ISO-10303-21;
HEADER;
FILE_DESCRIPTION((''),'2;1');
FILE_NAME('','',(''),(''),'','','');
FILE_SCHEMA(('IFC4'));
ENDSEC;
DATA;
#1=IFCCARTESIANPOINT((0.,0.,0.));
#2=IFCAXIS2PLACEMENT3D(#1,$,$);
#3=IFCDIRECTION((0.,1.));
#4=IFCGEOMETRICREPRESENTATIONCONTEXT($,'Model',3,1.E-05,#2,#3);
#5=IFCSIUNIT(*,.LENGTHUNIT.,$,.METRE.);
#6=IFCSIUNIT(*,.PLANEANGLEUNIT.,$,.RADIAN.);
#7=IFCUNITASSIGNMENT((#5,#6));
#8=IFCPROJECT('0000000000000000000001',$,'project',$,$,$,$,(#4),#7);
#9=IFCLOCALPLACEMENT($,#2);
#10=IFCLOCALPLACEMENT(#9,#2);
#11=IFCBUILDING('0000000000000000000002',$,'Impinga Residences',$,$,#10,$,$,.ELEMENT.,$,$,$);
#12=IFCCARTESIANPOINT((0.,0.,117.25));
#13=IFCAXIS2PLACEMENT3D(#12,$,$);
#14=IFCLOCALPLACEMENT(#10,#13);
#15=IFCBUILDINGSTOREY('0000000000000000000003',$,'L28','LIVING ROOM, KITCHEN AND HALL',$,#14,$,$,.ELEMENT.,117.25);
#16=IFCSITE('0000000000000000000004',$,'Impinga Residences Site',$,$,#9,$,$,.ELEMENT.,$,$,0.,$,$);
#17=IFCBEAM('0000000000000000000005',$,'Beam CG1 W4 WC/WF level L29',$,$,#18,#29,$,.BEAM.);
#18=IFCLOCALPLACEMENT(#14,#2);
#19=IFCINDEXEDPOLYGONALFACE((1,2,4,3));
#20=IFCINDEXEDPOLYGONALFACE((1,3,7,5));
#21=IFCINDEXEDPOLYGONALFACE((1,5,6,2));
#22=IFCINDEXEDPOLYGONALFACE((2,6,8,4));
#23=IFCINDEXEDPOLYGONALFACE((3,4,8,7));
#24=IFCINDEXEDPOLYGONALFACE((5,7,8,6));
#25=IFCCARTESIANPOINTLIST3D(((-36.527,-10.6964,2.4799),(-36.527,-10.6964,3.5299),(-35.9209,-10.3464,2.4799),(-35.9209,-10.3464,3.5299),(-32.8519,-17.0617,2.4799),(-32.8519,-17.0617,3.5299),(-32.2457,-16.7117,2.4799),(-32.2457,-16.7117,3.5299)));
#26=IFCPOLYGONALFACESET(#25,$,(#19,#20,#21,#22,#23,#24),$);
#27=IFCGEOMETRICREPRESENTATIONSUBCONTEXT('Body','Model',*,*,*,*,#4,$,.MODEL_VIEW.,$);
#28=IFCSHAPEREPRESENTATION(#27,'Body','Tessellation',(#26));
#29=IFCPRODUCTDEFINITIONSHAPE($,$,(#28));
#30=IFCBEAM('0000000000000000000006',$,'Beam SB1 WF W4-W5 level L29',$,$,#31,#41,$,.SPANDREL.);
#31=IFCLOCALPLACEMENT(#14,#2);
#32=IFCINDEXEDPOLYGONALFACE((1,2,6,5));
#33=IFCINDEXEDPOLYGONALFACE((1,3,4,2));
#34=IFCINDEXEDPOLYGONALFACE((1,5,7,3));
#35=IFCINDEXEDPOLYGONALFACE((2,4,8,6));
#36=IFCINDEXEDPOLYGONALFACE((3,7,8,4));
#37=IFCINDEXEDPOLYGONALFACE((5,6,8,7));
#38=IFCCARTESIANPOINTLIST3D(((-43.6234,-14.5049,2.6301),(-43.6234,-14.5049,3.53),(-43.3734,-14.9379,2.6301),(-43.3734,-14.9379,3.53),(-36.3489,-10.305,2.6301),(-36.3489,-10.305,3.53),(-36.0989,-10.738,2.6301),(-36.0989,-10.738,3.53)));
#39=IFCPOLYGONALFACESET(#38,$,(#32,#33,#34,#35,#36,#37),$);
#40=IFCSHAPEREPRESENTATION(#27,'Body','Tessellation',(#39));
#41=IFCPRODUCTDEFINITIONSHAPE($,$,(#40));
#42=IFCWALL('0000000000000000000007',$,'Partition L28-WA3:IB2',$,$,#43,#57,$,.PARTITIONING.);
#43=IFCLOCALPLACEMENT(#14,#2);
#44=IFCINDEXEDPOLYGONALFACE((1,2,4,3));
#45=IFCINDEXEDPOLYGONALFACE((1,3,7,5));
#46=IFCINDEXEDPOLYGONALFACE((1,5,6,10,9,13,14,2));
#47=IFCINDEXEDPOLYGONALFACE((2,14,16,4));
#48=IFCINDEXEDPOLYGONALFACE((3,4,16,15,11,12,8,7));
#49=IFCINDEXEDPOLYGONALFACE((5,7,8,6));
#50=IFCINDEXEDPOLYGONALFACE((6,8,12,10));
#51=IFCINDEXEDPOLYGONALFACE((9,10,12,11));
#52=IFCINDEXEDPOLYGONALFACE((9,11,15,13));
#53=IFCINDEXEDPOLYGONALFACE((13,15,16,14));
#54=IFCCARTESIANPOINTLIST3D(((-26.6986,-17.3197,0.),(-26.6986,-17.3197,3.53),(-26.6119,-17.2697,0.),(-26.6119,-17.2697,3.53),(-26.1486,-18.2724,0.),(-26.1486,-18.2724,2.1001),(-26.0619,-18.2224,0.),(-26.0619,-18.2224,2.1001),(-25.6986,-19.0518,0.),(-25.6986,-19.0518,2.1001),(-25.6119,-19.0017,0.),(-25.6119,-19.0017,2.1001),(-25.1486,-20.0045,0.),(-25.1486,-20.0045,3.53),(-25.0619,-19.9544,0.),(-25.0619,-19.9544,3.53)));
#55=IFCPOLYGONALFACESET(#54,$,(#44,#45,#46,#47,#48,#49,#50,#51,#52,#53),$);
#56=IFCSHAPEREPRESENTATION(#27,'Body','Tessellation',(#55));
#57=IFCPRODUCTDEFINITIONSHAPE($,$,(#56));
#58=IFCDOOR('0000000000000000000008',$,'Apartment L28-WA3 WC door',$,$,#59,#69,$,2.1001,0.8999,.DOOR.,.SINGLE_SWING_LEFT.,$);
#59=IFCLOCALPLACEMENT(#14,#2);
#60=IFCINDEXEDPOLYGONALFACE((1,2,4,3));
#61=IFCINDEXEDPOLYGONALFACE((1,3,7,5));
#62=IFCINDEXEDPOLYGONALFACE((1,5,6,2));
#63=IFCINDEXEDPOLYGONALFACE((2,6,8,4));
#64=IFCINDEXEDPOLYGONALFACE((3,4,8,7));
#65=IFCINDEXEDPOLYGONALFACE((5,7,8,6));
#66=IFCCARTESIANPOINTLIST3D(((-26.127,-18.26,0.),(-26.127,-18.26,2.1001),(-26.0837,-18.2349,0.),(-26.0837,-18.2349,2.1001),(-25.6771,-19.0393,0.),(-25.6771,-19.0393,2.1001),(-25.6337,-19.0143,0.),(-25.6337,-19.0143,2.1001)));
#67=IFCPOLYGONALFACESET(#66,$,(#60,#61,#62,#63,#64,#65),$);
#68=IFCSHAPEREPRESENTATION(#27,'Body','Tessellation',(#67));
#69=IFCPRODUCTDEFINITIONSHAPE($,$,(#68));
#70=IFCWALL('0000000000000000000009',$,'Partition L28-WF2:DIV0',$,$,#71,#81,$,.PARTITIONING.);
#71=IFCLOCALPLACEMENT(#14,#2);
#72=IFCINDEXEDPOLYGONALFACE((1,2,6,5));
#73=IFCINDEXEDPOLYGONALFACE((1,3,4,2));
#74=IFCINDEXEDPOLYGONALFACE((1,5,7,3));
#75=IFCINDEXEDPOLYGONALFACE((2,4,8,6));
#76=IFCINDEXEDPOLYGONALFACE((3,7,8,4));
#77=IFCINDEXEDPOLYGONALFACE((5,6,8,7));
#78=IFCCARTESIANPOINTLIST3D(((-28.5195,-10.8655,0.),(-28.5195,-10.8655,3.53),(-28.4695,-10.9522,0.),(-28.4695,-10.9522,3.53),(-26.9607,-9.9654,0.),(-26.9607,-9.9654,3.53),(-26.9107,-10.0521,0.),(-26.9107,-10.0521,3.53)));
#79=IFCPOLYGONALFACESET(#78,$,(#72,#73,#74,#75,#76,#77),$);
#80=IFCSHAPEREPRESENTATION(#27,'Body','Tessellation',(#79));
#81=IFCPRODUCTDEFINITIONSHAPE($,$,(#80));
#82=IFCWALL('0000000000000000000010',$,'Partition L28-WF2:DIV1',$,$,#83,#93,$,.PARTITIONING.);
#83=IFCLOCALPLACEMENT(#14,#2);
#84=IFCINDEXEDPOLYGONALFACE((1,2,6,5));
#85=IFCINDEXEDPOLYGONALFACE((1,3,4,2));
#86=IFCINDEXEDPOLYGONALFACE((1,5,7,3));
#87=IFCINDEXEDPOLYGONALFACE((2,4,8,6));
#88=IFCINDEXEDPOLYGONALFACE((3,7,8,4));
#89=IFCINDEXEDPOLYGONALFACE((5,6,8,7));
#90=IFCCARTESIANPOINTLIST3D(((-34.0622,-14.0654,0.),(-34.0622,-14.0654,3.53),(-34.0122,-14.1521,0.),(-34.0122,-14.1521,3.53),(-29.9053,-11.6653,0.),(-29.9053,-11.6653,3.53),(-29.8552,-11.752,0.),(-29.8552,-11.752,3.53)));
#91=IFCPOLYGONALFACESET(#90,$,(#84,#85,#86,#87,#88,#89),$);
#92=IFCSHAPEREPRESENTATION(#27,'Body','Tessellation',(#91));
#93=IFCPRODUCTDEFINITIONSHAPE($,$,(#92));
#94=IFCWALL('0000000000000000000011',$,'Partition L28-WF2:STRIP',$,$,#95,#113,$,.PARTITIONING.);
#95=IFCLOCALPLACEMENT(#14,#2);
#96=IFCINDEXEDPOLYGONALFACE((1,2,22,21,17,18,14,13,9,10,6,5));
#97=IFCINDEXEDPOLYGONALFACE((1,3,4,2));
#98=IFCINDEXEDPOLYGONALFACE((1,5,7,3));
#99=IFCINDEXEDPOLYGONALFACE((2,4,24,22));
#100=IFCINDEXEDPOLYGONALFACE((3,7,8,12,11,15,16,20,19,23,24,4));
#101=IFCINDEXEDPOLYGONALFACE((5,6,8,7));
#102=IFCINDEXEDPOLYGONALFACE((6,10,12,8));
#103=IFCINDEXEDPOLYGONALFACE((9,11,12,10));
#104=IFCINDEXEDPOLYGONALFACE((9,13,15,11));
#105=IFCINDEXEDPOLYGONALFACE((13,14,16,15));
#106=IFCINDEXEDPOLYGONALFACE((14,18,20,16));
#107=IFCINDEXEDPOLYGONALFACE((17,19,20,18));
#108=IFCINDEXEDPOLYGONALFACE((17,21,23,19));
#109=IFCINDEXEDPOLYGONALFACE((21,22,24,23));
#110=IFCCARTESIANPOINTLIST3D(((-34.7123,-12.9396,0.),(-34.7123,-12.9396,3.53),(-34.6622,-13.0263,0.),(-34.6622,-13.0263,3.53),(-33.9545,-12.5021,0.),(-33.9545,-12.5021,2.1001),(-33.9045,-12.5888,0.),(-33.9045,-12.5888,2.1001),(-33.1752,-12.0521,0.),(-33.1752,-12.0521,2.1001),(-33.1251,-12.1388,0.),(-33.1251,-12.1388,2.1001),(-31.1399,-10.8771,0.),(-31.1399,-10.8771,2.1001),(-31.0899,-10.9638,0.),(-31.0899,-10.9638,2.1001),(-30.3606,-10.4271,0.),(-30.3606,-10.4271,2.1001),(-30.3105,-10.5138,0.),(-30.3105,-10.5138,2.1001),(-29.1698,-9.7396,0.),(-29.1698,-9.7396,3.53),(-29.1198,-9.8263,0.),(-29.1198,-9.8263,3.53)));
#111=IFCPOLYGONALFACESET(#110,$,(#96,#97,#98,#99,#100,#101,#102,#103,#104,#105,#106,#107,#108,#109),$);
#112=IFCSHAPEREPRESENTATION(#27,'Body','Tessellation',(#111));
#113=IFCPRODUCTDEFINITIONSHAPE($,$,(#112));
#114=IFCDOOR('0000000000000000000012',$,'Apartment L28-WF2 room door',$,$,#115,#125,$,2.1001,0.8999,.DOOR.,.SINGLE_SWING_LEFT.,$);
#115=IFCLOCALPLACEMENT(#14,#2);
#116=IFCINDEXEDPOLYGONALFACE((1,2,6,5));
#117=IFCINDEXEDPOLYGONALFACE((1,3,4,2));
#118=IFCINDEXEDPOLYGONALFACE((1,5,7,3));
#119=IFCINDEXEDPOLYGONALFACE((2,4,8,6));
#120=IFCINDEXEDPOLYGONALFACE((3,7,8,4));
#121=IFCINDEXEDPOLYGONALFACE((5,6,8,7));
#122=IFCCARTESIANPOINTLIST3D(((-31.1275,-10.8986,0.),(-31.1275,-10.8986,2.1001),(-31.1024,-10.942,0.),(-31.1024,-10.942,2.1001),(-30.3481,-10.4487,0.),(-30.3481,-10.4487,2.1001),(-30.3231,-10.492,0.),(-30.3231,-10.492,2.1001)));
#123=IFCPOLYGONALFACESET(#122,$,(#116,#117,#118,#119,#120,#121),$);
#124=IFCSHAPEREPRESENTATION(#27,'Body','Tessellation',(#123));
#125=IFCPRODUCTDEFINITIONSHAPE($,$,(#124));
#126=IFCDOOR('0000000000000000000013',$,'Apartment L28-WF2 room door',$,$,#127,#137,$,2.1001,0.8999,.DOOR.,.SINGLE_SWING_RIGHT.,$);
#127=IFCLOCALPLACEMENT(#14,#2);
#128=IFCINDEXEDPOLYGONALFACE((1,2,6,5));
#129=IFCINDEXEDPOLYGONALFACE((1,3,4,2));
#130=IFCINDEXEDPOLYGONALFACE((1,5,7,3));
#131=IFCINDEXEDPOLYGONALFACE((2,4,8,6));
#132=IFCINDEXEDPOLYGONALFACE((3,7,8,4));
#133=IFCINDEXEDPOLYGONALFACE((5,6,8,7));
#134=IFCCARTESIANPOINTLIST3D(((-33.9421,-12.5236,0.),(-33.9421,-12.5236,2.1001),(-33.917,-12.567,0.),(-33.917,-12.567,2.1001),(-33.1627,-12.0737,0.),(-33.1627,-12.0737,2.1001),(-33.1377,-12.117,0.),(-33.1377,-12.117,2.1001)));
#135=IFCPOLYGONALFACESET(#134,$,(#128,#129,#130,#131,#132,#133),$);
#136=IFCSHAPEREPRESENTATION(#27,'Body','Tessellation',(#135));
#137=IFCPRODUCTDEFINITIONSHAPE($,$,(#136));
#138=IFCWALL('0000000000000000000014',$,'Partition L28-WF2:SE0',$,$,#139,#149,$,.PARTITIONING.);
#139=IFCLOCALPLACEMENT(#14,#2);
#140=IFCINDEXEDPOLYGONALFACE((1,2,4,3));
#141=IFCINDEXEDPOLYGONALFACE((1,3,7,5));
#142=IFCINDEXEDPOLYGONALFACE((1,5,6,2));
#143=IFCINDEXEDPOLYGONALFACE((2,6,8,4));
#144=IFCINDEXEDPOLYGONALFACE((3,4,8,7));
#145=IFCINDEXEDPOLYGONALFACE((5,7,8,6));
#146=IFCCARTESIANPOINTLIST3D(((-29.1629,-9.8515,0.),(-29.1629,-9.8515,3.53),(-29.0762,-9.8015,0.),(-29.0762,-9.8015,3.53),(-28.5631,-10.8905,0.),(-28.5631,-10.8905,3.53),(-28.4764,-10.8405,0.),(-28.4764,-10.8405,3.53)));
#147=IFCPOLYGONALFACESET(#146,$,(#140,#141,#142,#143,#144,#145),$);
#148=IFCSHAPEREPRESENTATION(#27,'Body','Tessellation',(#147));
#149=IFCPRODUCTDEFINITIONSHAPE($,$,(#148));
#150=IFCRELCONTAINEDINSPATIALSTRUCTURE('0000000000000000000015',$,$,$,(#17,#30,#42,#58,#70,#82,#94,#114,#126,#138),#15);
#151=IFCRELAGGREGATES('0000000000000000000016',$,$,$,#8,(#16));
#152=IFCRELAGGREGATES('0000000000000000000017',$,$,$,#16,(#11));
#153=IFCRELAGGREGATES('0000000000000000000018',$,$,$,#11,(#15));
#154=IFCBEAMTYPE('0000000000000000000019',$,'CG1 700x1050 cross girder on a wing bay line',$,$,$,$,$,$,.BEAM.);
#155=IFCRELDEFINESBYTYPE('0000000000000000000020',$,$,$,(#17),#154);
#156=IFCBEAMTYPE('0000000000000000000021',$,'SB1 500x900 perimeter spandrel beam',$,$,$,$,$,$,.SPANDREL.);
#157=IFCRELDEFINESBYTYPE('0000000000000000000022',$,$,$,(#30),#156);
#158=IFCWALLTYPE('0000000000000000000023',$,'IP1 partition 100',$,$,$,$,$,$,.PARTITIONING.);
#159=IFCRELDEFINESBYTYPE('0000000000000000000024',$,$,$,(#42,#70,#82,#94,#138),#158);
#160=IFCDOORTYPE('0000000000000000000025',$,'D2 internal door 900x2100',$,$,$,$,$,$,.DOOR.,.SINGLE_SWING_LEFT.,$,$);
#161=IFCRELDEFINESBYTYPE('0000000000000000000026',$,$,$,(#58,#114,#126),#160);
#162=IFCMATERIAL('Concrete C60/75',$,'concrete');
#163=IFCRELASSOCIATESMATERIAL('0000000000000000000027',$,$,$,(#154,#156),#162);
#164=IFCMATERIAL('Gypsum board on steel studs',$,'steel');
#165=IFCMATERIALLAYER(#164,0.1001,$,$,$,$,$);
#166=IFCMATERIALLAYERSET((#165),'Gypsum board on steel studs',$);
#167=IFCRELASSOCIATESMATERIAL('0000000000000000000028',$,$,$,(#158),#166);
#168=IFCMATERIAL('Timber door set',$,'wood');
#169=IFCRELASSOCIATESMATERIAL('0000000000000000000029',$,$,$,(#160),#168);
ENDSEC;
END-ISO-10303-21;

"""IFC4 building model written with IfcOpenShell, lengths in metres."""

from ifc_helpers import new_model, si_unit, direction, frame, frame_2d, origin, origin_2d, place, context, subcontext, project, spatial, rectangle, extrude, material, layer, layer_set, material_profile, profile_set, type_object, element, fill, save


model = new_model("IFC4")

# Units and contexts
model_context = context("Model", 3, precision=1e-05, world=origin(), true_north=direction((0.0, 1.0)))
body_context = subcontext(model_context, "Body", "Model", "MODEL_VIEW")
ifc_project = project(units=[si_unit("LENGTHUNIT", "METRE"), si_unit("PLANEANGLEUNIT", "RADIAN")], contexts=[model_context])

# Site, building, storey
site_placement = place(None, origin())
site = spatial("IfcSite", under=ifc_project, at=site_placement, Name="Impinga Residences Site", CompositionType="ELEMENT", RefElevation=0.0)
building_placement = place(site_placement, origin())
building = spatial("IfcBuilding", under=site, at=building_placement, Name="Impinga Residences", CompositionType="ELEMENT")
storey_placement = place(building_placement, frame((0.0, 0.0, 117.25)))
storey = spatial("IfcBuildingStorey", under=building, at=storey_placement, Name="L28", Description="LIVING ROOM, KITCHEN AND HALL", CompositionType="ELEMENT", Elevation=117.25)

# Beams
ifc_material_1 = material(Name="Concrete C60/75", Category="concrete")
ifc_material_profile_1 = material_profile(ifc_material_1, rectangle(XDim=0.7, YDim=1.05, at=origin_2d()), Name="RC 700x1050")
ifc_profile_set_1 = profile_set([ifc_material_profile_1], Name="Concrete C60/75")
beam_type_1 = type_object("IfcBeamType", Name="CG1 700x1050 cross girder on a wing bay line", PredefinedType="BEAM", material=ifc_profile_set_1)
beam_1_placement = place(storey_placement, frame((-32.5488, -16.8867, 3.0049), z_axis=(-0.500008, 0.866021, 0.0), x_axis=(-0.866021, -0.500008, 0.0)))
element("IfcBeam", 1, at=beam_1_placement, inside=storey, type_object=beam_type_1, Name="Beam CG1 W4 WC/WF level L29", PredefinedType="BEAM", context=body_context, shape_type="SweptSolid", body=[
    extrude(rectangle(XDim=0.7, YDim=1.05, at=origin_2d()), origin(), (0.0, 0.0, 1.0), 7.3501),
])
ifc_material_profile_2 = material_profile(ifc_material_1, rectangle(XDim=0.5, YDim=0.8999, at=origin_2d()), Name="RC 500x900")
ifc_profile_set_2 = profile_set([ifc_material_profile_2], Name="Concrete C60/75")
beam_type_2 = type_object("IfcBeamType", Name="SB1 500x900 perimeter spandrel beam", PredefinedType="SPANDREL", material=ifc_profile_set_2)
beam_2_placement = place(storey_placement, frame((-36.2239, -10.5215, 3.0801), z_axis=(-0.866029, -0.499993, 0.0), x_axis=(0.499993, -0.866029, 0.0)))
element("IfcBeam", 2, at=beam_2_placement, inside=storey, type_object=beam_type_2, Name="Beam SB1 WF W4-W5 level L29", PredefinedType="SPANDREL", context=body_context, shape_type="SweptSolid", body=[
    extrude(rectangle(XDim=0.5, YDim=0.8999, at=origin_2d()), origin(), (0.0, 0.0, 1.0), 8.3999),
])

# Wall, opening, door
ifc_material_2 = material(Name="Gypsum board on steel studs", Category="steel")
ifc_layer_1 = layer(ifc_material_2, 0.1001)
ifc_layer_set_1 = layer_set([ifc_layer_1], Name="Gypsum board on steel studs")
wall_type_1 = type_object("IfcWallType", Name="IP1 partition 100", PredefinedType="PARTITIONING", material=ifc_layer_set_1)
wall_1_placement = place(storey_placement, frame((-26.6553, -17.2947, 0.0), z_axis=(0.0, 0.0, 1.0), x_axis=(0.499993, -0.86603, 0.0)))
wall_1 = element("IfcWall", 3, at=wall_1_placement, inside=storey, type_object=wall_type_1, Name="Partition L28-WA3:IB2", PredefinedType="PARTITIONING", context=body_context, shape_type="SweptSolid", body=[
    extrude(rectangle(XDim=3.1001, YDim=0.1001, at=frame_2d((1.55, 0.0))), origin(), (0.0, 0.0, 1.0), 3.53),
])
opening_1_placement = place(wall_1_placement, frame((1.1001, 0.0, 0.0)))
opening_1 = element("IfcOpeningElement", 4, at=opening_1_placement, cuts=wall_1, PredefinedType="OPENING", context=body_context, shape_type="SweptSolid", body=[
    extrude(rectangle(XDim=0.8999, YDim=2.1001, at=frame_2d((0.45, 1.05))), frame((0.0, 0.0601, 0.0), z_axis=(0.0, -1.0, 0.0), x_axis=(1.0, 0.0, 0.0)), (0.0, 0.0, 1.0), 0.1201),
])
ifc_material_3 = material(Name="Timber door set", Category="wood")
door_type = type_object("IfcDoorType", Name="D2 internal door 900x2100", OperationType="SINGLE_SWING_LEFT", PredefinedType="DOOR", material=ifc_material_3)
door_1_placement = place(opening_1_placement, origin())
door_1 = element("IfcDoor", 5, at=door_1_placement, inside=storey, type_object=door_type, Name="Apartment L28-WA3 WC door", OperationType="SINGLE_SWING_LEFT", OverallHeight=2.1001, OverallWidth=0.8999, PredefinedType="DOOR", context=body_context, shape_type="SweptSolid", body=[
    extrude(rectangle(XDim=0.8999, YDim=2.1001, at=frame_2d((0.45, 1.05))), frame((0.0, 0.0249, 0.0), z_axis=(0.0, -1.0, 0.0), x_axis=(1.0, 0.0, 0.0)), (0.0, 0.0, 1.0), 0.05),
])
fill(opening_1, door_1)

# Walls
wall_2_placement = place(storey_placement, frame((-26.9358, -10.0088, 0.0), z_axis=(0.0, 0.0, 1.0), x_axis=(-0.865989, -0.500063, 0.0)))
element("IfcWall", 6, at=wall_2_placement, inside=storey, type_object=wall_type_1, Name="Partition L28-WF2:DIV0", PredefinedType="PARTITIONING", context=body_context, shape_type="SweptSolid", body=[
    extrude(rectangle(XDim=1.8, YDim=0.1001, at=frame_2d((0.8999, 0.0))), origin(), (0.0, 0.0, 1.0), 3.53),
])
wall_3_placement = place(storey_placement, frame((-29.8804, -11.7087, 0.0), z_axis=(0.0, 0.0, 1.0), x_axis=(-0.866015, -0.500017, 0.0)))
element("IfcWall", 7, at=wall_3_placement, inside=storey, type_object=wall_type_1, Name="Partition L28-WF2:DIV1", PredefinedType="PARTITIONING", context=body_context, shape_type="SweptSolid", body=[
    extrude(rectangle(XDim=4.8, YDim=0.1001, at=frame_2d((2.3999, 0.0))), origin(), (0.0, 0.0, 1.0), 3.53),
])

# Wall, openings, doors
wall_4_placement = place(storey_placement, frame((-29.1448, -9.783, 0.0), z_axis=(0.0, 0.0, 1.0), x_axis=(-0.866025, -0.5, 0.0)))
wall_4 = element("IfcWall", 8, at=wall_4_placement, inside=storey, type_object=wall_type_1, Name="Partition L28-WF2:STRIP", PredefinedType="PARTITIONING", context=body_context, shape_type="SweptSolid", body=[
    extrude(rectangle(XDim=6.3999, YDim=0.1001, at=frame_2d((3.2, 0.0))), origin(), (0.0, 0.0, 1.0), 3.53),
])
opening_2_placement = place(wall_4_placement, frame((1.375, 0.0, 0.0)))
opening_2 = element("IfcOpeningElement", 9, at=opening_2_placement, cuts=wall_4, PredefinedType="OPENING", context=body_context, shape_type="SweptSolid", body=[
    extrude(rectangle(XDim=0.8999, YDim=2.1001, at=frame_2d((0.45, 1.05))), frame((0.0, 0.0601, 0.0), z_axis=(0.0, -1.0, 0.0), x_axis=(1.0, 0.0, 0.0)), (0.0, 0.0, 1.0), 0.1201),
])
opening_3_placement = place(wall_4_placement, frame((4.625, 0.0, 0.0)))
opening_3 = element("IfcOpeningElement", 10, at=opening_3_placement, cuts=wall_4, PredefinedType="OPENING", context=body_context, shape_type="SweptSolid", body=[
    extrude(rectangle(XDim=0.8999, YDim=2.1001, at=frame_2d((0.45, 1.05))), frame((0.0, 0.0601, 0.0), z_axis=(0.0, -1.0, 0.0), x_axis=(1.0, 0.0, 0.0)), (0.0, 0.0, 1.0), 0.1201),
])
door_2_placement = place(opening_2_placement, origin())
door_2 = element("IfcDoor", 11, at=door_2_placement, inside=storey, type_object=door_type, Name="Apartment L28-WF2 room door", OperationType="SINGLE_SWING_LEFT", OverallHeight=2.1001, OverallWidth=0.8999, PredefinedType="DOOR", context=body_context, shape_type="SweptSolid", body=[
    extrude(rectangle(XDim=0.8999, YDim=2.1001, at=frame_2d((0.45, 1.05))), frame((0.0, 0.0249, 0.0), z_axis=(0.0, -1.0, 0.0), x_axis=(1.0, 0.0, 0.0)), (0.0, 0.0, 1.0), 0.05),
])
fill(opening_2, door_2)
door_3_placement = place(opening_3_placement, origin())
door_3 = element("IfcDoor", 12, at=door_3_placement, inside=storey, type_object=door_type, Name="Apartment L28-WF2 room door", OperationType="SINGLE_SWING_RIGHT", OverallHeight=2.1001, OverallWidth=0.8999, PredefinedType="DOOR", context=body_context, shape_type="SweptSolid", body=[
    extrude(rectangle(XDim=0.8999, YDim=2.1001, at=frame_2d((0.45, 1.05))), frame((0.0, 0.0249, 0.0), z_axis=(0.0, -1.0, 0.0), x_axis=(1.0, 0.0, 0.0)), (0.0, 0.0, 1.0), 0.05),
])
fill(opening_3, door_3)

# Wall
wall_5_placement = place(storey_placement, frame((-28.5198, -10.8655, 0.0), z_axis=(0.0, 0.0, 1.0), x_axis=(-0.499969, 0.866043, 0.0)))
element("IfcWall", 13, at=wall_5_placement, inside=storey, type_object=wall_type_1, Name="Partition L28-WF2:SE0", PredefinedType="PARTITIONING", context=body_context, shape_type="SweptSolid", body=[
    extrude(rectangle(XDim=1.1997, YDim=0.1001, at=frame_2d((0.5999, 0.0))), origin(), (0.0, 0.0, 1.0), 3.53),
])

save(model, "model.ifc")
